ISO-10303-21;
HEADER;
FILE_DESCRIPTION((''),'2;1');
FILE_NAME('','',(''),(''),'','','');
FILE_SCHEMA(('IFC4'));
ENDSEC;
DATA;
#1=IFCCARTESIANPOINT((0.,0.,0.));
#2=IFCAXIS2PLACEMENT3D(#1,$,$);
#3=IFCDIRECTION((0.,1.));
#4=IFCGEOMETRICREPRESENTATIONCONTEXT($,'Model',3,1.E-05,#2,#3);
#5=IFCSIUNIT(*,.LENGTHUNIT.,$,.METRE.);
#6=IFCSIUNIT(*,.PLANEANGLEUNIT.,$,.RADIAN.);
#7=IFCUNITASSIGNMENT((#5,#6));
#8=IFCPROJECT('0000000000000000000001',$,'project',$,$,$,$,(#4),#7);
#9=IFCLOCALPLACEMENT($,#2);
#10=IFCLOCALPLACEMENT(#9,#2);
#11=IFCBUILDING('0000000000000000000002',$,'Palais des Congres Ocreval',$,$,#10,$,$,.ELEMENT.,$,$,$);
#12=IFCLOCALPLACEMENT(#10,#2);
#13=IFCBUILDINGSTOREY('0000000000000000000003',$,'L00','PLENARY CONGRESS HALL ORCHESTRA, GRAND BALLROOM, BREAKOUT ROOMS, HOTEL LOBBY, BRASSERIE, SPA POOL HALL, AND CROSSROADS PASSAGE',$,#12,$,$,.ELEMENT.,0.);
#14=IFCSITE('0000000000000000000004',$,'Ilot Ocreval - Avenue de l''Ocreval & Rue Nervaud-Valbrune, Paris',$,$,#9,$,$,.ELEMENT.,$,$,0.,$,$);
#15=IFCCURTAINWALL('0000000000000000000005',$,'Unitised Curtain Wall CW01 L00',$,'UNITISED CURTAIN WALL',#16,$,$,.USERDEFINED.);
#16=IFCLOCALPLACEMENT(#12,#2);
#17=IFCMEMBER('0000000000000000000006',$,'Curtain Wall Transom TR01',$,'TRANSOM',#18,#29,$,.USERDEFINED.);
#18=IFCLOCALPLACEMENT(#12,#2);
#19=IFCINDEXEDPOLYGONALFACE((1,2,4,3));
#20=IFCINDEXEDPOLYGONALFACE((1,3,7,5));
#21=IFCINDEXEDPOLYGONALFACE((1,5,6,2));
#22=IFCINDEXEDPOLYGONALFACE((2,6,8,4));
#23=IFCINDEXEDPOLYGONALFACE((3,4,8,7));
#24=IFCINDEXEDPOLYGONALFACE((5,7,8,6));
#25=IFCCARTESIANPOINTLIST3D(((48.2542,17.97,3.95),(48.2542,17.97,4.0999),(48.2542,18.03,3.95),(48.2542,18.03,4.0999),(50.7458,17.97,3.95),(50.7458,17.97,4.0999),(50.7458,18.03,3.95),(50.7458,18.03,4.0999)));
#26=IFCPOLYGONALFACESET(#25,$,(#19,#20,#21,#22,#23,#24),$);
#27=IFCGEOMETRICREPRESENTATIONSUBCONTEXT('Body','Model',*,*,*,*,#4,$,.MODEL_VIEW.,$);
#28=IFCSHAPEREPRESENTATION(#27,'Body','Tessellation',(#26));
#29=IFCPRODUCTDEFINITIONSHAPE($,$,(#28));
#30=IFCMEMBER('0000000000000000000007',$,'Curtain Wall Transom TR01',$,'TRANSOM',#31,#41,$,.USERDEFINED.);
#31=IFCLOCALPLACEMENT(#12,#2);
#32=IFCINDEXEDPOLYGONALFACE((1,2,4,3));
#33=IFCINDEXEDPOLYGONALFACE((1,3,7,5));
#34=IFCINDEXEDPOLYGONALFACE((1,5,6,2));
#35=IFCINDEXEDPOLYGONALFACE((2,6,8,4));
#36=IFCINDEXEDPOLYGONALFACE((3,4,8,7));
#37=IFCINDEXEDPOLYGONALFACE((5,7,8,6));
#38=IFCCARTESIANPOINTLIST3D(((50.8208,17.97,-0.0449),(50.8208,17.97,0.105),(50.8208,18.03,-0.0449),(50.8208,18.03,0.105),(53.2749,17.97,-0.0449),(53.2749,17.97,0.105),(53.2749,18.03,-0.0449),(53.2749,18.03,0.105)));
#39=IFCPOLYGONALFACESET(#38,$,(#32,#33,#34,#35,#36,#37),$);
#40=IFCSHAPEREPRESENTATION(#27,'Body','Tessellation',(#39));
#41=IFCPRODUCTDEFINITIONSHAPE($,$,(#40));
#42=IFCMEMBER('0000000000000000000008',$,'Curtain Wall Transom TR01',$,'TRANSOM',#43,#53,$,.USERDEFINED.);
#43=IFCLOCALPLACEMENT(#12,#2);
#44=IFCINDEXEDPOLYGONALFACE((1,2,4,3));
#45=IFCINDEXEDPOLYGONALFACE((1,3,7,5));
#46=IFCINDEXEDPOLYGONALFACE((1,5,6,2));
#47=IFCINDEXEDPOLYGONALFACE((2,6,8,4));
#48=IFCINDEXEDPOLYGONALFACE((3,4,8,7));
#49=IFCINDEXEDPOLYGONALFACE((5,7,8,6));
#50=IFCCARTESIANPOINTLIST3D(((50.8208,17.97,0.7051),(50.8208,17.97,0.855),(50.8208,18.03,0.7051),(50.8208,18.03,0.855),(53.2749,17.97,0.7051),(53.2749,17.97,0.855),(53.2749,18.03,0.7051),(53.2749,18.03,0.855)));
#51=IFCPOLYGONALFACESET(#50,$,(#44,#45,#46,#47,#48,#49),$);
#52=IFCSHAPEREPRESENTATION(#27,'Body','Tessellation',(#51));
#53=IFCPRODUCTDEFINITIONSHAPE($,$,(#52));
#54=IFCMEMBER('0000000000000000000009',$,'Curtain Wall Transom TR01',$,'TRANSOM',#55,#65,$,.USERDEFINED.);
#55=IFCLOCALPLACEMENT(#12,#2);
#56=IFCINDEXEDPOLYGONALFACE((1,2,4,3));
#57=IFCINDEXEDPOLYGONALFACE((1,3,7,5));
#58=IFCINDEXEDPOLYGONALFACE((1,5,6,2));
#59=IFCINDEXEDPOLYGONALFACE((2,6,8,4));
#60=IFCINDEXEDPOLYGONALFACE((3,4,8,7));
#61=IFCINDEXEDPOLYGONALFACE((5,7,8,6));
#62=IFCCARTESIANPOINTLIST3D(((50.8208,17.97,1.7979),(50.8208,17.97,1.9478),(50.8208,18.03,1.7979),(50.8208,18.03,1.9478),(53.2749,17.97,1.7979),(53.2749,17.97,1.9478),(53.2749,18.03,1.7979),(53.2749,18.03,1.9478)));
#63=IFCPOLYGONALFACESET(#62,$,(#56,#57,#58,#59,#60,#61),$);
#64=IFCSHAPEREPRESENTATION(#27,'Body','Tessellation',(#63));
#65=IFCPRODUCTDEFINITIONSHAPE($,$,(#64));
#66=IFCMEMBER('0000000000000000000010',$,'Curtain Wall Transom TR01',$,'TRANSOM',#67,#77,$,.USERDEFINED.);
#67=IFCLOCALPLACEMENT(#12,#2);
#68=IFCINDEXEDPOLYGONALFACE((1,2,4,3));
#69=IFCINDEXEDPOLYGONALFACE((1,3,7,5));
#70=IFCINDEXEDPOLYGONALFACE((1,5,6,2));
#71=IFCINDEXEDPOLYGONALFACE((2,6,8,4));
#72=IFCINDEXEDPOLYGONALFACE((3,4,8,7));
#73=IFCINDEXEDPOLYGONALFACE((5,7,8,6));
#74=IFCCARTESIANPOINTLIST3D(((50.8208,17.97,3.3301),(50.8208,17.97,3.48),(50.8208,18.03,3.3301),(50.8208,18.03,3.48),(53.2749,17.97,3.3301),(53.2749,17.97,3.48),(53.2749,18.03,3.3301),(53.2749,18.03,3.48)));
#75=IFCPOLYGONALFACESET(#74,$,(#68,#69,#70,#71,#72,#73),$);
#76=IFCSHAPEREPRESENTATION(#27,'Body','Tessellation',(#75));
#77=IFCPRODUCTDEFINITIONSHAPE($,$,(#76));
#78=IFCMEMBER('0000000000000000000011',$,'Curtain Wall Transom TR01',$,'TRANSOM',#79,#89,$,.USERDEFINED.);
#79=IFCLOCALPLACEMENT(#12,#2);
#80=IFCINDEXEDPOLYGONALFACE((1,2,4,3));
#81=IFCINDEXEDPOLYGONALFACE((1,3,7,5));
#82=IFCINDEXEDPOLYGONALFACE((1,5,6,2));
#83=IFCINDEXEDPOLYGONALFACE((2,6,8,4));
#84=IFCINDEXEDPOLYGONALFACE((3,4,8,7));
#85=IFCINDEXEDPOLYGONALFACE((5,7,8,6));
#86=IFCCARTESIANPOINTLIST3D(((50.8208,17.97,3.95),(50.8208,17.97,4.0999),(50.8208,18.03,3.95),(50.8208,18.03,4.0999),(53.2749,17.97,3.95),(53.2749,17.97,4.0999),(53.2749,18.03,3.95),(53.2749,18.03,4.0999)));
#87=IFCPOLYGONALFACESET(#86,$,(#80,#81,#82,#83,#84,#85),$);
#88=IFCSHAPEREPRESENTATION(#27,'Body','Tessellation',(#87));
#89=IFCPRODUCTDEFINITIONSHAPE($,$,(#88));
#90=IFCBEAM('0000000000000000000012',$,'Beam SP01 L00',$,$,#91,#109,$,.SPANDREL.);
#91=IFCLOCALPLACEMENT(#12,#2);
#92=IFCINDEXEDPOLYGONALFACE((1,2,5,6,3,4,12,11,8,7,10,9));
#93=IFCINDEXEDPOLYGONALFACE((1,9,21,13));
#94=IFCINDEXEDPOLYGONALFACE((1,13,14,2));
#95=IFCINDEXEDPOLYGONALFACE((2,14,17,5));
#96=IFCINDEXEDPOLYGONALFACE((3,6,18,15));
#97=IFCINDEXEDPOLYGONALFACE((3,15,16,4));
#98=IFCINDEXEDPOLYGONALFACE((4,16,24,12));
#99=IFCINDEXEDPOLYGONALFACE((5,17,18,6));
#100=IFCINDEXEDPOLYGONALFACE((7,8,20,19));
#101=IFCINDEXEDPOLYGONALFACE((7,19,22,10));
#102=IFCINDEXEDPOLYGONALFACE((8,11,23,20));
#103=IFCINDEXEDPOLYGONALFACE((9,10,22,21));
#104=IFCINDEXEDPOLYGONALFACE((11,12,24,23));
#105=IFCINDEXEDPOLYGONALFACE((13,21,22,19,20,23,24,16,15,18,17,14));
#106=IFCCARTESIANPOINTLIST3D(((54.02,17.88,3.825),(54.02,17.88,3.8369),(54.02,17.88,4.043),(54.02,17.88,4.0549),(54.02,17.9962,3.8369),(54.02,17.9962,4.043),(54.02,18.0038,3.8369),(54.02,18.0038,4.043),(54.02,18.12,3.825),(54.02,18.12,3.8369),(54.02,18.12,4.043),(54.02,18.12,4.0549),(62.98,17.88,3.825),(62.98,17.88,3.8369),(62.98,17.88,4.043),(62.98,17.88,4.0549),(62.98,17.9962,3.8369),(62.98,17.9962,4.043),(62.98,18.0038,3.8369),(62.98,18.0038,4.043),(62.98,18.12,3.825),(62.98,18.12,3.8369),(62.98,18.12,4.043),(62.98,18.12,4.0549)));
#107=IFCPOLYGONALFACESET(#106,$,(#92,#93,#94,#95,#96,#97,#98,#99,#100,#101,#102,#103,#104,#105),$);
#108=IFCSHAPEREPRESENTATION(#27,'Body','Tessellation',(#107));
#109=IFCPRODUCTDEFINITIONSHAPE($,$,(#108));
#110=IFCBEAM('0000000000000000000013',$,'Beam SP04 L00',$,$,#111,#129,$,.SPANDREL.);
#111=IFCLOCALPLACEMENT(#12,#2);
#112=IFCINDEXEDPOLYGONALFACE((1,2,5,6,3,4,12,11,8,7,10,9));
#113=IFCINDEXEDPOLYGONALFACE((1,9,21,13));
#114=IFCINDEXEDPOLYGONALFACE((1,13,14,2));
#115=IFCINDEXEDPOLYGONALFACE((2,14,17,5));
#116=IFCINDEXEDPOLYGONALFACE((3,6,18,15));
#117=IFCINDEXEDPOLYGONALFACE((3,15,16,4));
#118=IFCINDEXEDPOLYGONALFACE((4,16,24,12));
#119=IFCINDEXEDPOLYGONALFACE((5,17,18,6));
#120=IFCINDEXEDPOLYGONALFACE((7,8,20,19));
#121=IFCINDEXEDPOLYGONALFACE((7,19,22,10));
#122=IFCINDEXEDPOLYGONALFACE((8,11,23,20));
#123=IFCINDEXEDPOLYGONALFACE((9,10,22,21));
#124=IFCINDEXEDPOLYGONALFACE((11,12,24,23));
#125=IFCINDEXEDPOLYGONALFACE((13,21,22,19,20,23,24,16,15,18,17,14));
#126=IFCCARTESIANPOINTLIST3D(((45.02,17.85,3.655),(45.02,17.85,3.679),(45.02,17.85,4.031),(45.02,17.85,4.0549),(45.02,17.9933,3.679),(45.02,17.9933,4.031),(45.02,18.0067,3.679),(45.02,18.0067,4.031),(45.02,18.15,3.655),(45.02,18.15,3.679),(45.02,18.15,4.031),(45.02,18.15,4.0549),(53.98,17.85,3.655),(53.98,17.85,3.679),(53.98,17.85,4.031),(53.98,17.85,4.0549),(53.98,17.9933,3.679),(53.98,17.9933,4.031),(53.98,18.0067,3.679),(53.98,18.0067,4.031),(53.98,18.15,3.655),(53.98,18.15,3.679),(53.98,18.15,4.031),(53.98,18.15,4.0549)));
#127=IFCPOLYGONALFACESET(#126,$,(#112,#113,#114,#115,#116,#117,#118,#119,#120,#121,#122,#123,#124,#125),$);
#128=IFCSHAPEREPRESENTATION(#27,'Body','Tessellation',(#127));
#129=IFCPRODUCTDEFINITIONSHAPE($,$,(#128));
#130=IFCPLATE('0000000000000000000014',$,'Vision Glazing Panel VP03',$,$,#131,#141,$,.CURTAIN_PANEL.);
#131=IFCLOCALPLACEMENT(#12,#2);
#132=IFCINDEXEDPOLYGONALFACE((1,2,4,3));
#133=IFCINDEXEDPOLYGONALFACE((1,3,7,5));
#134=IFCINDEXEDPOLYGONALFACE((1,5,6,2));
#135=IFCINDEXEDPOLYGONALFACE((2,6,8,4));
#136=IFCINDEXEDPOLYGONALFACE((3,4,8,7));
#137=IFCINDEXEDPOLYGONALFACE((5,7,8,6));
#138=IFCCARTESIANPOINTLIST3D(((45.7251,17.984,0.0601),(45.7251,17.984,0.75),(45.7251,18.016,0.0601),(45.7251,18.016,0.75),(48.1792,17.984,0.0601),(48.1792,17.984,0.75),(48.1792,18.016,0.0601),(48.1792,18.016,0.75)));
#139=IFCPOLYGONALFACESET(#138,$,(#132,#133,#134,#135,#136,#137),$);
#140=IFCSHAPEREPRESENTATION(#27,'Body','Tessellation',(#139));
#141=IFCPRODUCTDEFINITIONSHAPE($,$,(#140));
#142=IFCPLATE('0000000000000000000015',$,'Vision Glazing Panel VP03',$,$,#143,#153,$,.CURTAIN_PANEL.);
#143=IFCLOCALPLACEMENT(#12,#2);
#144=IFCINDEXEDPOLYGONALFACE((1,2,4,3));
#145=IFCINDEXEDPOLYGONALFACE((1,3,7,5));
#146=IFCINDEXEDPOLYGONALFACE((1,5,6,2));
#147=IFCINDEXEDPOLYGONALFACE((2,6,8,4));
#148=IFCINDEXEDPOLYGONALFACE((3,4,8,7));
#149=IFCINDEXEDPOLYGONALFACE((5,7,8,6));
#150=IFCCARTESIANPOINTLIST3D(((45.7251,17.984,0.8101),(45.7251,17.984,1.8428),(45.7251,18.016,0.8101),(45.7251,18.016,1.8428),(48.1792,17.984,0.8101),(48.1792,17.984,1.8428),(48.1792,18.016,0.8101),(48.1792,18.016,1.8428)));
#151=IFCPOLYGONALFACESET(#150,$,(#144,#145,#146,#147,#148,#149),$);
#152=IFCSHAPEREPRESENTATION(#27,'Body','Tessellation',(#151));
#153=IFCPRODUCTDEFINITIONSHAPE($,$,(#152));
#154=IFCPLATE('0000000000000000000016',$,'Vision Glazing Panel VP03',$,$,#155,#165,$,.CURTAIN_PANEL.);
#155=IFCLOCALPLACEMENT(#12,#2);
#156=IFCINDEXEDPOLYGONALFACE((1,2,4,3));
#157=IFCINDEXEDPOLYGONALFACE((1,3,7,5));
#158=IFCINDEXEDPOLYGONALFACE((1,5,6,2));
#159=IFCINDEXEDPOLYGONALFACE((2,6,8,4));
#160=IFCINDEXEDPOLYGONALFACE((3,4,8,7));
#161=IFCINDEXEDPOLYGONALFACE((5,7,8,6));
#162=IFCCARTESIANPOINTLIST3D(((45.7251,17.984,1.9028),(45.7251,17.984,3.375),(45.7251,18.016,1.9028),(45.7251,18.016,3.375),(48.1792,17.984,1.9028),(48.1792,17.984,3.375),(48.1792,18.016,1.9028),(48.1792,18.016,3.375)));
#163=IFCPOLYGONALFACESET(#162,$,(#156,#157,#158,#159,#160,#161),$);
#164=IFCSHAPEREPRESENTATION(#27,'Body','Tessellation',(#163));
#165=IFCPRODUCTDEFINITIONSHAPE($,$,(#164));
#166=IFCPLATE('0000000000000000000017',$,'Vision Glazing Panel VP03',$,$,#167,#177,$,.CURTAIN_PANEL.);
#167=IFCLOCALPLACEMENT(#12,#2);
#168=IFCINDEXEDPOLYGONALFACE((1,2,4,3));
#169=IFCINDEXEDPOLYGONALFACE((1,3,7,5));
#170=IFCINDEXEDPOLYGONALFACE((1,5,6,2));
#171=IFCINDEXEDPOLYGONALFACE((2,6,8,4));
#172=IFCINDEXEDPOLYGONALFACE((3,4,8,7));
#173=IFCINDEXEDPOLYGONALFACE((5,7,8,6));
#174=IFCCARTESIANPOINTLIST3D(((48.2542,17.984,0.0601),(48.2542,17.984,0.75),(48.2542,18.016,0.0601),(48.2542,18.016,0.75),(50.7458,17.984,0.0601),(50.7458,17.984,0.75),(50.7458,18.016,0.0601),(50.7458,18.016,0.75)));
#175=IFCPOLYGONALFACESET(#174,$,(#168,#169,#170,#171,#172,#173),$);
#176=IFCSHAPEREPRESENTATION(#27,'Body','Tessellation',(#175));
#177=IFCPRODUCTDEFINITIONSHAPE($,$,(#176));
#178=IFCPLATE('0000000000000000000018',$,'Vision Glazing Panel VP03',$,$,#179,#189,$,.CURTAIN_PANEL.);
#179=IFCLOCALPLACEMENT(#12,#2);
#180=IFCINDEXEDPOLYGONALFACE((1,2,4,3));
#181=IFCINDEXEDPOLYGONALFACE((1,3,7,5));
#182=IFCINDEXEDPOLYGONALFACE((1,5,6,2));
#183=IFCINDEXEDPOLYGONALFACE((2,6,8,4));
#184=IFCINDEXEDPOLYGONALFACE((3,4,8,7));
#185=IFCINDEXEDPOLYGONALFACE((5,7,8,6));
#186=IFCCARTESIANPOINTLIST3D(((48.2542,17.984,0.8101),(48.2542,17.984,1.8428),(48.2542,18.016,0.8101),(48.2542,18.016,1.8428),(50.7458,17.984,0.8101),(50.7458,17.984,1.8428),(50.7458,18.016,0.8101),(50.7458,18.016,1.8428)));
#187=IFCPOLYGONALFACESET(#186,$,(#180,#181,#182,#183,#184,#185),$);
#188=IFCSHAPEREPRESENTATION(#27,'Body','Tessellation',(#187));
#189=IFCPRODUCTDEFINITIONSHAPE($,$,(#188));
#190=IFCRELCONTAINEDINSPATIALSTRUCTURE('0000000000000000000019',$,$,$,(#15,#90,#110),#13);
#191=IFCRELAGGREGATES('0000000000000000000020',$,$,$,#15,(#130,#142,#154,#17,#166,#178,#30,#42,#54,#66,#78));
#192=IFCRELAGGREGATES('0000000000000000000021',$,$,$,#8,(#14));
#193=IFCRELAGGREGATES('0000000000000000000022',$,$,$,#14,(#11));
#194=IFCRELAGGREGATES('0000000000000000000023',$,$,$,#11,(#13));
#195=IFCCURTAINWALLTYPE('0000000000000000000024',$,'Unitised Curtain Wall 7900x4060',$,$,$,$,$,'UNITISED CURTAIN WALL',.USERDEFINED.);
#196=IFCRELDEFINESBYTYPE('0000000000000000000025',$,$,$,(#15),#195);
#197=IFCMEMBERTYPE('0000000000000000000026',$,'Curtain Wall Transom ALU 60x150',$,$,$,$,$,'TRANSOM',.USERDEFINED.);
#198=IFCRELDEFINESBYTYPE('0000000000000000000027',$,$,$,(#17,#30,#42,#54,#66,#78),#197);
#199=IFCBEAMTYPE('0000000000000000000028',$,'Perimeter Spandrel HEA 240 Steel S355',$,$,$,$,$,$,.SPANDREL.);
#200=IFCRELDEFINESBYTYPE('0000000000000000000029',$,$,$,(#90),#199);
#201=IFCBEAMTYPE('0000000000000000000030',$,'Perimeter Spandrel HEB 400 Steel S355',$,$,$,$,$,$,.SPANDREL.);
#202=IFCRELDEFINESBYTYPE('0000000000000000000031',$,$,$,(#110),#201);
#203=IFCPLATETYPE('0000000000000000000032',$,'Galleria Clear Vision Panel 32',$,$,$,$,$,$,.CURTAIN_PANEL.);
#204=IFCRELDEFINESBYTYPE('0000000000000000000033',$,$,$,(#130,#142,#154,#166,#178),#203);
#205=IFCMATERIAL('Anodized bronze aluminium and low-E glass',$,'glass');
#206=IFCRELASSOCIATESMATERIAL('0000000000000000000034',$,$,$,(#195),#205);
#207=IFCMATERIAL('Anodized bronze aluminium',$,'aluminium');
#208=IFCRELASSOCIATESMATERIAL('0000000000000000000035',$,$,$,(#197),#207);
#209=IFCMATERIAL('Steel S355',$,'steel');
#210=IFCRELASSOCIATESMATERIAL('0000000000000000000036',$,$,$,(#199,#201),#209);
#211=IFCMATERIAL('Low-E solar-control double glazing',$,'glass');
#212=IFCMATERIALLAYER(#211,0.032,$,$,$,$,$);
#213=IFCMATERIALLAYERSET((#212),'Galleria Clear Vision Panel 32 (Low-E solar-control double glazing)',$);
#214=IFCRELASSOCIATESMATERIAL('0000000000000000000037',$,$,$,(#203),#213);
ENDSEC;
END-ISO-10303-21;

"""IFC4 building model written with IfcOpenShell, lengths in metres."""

from ifc_helpers import new_model, si_unit, direction, frame, origin, origin_2d, place, context, subcontext, project, spatial, rectangle, i_section, extrude, material, layer, layer_set, material_profile, profile_set, type_object, element, aggregate, save


model = new_model("IFC4")

# Units and contexts
model_context = context("Model", 3, precision=1e-05, world=origin(), true_north=direction((0.0, 1.0)))
body_context = subcontext(model_context, "Body", "Model", "MODEL_VIEW")
ifc_project = project(units=[si_unit("LENGTHUNIT", "METRE"), si_unit("PLANEANGLEUNIT", "RADIAN")], contexts=[model_context])

# Site, building, storey
site_placement = place(None, origin())
site = spatial("IfcSite", under=ifc_project, at=site_placement, Name="Ilot Ocreval - Avenue de l'Ocreval & Rue Nervaud-Valbrune, Paris", CompositionType="ELEMENT", RefElevation=0.0)
building_placement = place(site_placement, origin())
building = spatial("IfcBuilding", under=site, at=building_placement, Name="Palais des Congres Ocreval", CompositionType="ELEMENT")
storey_placement = place(building_placement, origin())
storey = spatial("IfcBuildingStorey", under=building, at=storey_placement, Name="L00", Description="PLENARY CONGRESS HALL ORCHESTRA, GRAND BALLROOM, BREAKOUT ROOMS, HOTEL LOBBY, BRASSERIE, SPA POOL HALL, AND CROSSROADS PASSAGE", CompositionType="ELEMENT", Elevation=0.0)

# Curtain wall, members
ifc_material_1 = material(Name="Anodized bronze aluminium and low-E glass", Category="glass")
curtain_wall_type = type_object("IfcCurtainWallType", Name="Unitised Curtain Wall 7900x4060", ElementType="UNITISED CURTAIN WALL", PredefinedType="USERDEFINED", material=ifc_material_1)
curtain_wall_placement = place(storey_placement, origin())
curtain_wall = element("IfcCurtainWall", 1, at=curtain_wall_placement, inside=storey, type_object=curtain_wall_type, Name="Unitised Curtain Wall CW01 L00", ObjectType="UNITISED CURTAIN WALL", PredefinedType="USERDEFINED")
ifc_material_2 = material(Name="Anodized bronze aluminium", Category="aluminium")
ifc_material_profile_1 = material_profile(ifc_material_2, rectangle(XDim=0.0601, YDim=0.1499, at=origin_2d()), Name="ALU 60x150")
ifc_profile_set_1 = profile_set([ifc_material_profile_1], Name="Anodized bronze aluminium")
member_type_1 = type_object("IfcMemberType", Name="Curtain Wall Transom ALU 60x150", ElementType="TRANSOM", PredefinedType="USERDEFINED", material=ifc_profile_set_1)
member_1_placement = place(storey_placement, frame((48.2542, 18.0, 4.0249), z_axis=(1.0, 0.0, 0.0), x_axis=(0.0, 1.0, 0.0)))
member_1 = element("IfcMember", 2, at=member_1_placement, type_object=member_type_1, Name="Curtain Wall Transom TR01", ObjectType="TRANSOM", PredefinedType="USERDEFINED", context=body_context, shape_type="SweptSolid", body=[
    extrude(rectangle(XDim=0.0601, YDim=0.1499, at=origin_2d()), origin(), (0.0, 0.0, 1.0), 2.4917),
])
member_2_placement = place(storey_placement, frame((50.8208, 18.0, 0.03), z_axis=(1.0, 0.0, 0.0), x_axis=(0.0, 1.0, 0.0)))
member_2 = element("IfcMember", 3, at=member_2_placement, type_object=member_type_1, Name="Curtain Wall Transom TR01", ObjectType="TRANSOM", PredefinedType="USERDEFINED", context=body_context, shape_type="SweptSolid", body=[
    extrude(rectangle(XDim=0.0601, YDim=0.1499, at=origin_2d()), origin(), (0.0, 0.0, 1.0), 2.4541),
])
member_3_placement = place(storey_placement, frame((50.8208, 18.0, 0.78), z_axis=(1.0, 0.0, 0.0), x_axis=(0.0, 1.0, 0.0)))
member_3 = element("IfcMember", 4, at=member_3_placement, type_object=member_type_1, Name="Curtain Wall Transom TR01", ObjectType="TRANSOM", PredefinedType="USERDEFINED", context=body_context, shape_type="SweptSolid", body=[
    extrude(rectangle(XDim=0.0601, YDim=0.1499, at=origin_2d()), origin(), (0.0, 0.0, 1.0), 2.4541),
])
member_4_placement = place(storey_placement, frame((50.8208, 18.0, 1.8728), z_axis=(1.0, 0.0, 0.0), x_axis=(0.0, 1.0, 0.0)))
member_4 = element("IfcMember", 5, at=member_4_placement, type_object=member_type_1, Name="Curtain Wall Transom TR01", ObjectType="TRANSOM", PredefinedType="USERDEFINED", context=body_context, shape_type="SweptSolid", body=[
    extrude(rectangle(XDim=0.0601, YDim=0.1499, at=origin_2d()), origin(), (0.0, 0.0, 1.0), 2.4541),
])
member_5_placement = place(storey_placement, frame((50.8208, 18.0, 3.405), z_axis=(1.0, 0.0, 0.0), x_axis=(0.0, 1.0, 0.0)))
member_5 = element("IfcMember", 6, at=member_5_placement, type_object=member_type_1, Name="Curtain Wall Transom TR01", ObjectType="TRANSOM", PredefinedType="USERDEFINED", context=body_context, shape_type="SweptSolid", body=[
    extrude(rectangle(XDim=0.0601, YDim=0.1499, at=origin_2d()), origin(), (0.0, 0.0, 1.0), 2.4541),
])
member_6_placement = place(storey_placement, frame((50.8208, 18.0, 4.0249), z_axis=(1.0, 0.0, 0.0), x_axis=(0.0, 1.0, 0.0)))
member_6 = element("IfcMember", 7, at=member_6_placement, type_object=member_type_1, Name="Curtain Wall Transom TR01", ObjectType="TRANSOM", PredefinedType="USERDEFINED", context=body_context, shape_type="SweptSolid", body=[
    extrude(rectangle(XDim=0.0601, YDim=0.1499, at=origin_2d()), origin(), (0.0, 0.0, 1.0), 2.4541),
])

# Beams
ifc_material_3 = material(Name="Steel S355", Category="steel")
ifc_material_profile_2 = material_profile(ifc_material_3, i_section(OverallWidth=0.24, OverallDepth=0.23, WebThickness=0.0076, FlangeThickness=0.012, at=origin_2d()), Name="HEA 240")
ifc_profile_set_2 = profile_set([ifc_material_profile_2], Name="Steel S355")
beam_type_1 = type_object("IfcBeamType", Name="Perimeter Spandrel HEA 240 Steel S355", PredefinedType="SPANDREL", material=ifc_profile_set_2)
beam_1_placement = place(storey_placement, frame((54.02, 18.0, 3.9399), z_axis=(1.0, 0.0, 0.0), x_axis=(0.0, 1.0, 0.0)))
element("IfcBeam", 8, at=beam_1_placement, inside=storey, type_object=beam_type_1, Name="Beam SP01 L00", PredefinedType="SPANDREL", context=body_context, shape_type="SweptSolid", body=[
    extrude(i_section(OverallWidth=0.24, OverallDepth=0.23, WebThickness=0.0076, FlangeThickness=0.012, at=origin_2d()), origin(), (0.0, 0.0, 1.0), 8.96),
])
ifc_material_profile_3 = material_profile(ifc_material_3, i_section(OverallWidth=0.3, OverallDepth=0.3999, WebThickness=0.0134, FlangeThickness=0.0239, at=origin_2d()), Name="HEB 400")
ifc_profile_set_3 = profile_set([ifc_material_profile_3], Name="Steel S355")
beam_type_2 = type_object("IfcBeamType", Name="Perimeter Spandrel HEB 400 Steel S355", PredefinedType="SPANDREL", material=ifc_profile_set_3)
beam_2_placement = place(storey_placement, frame((45.02, 18.0, 3.855), z_axis=(1.0, 0.0, 0.0), x_axis=(0.0, 1.0, 0.0)))
element("IfcBeam", 9, at=beam_2_placement, inside=storey, type_object=beam_type_2, Name="Beam SP04 L00", PredefinedType="SPANDREL", context=body_context, shape_type="SweptSolid", body=[
    extrude(i_section(OverallWidth=0.3, OverallDepth=0.3999, WebThickness=0.0134, FlangeThickness=0.0239, at=origin_2d()), origin(), (0.0, 0.0, 1.0), 8.96),
])

# Plates
ifc_material_4 = material(Name="Low-E solar-control double glazing", Category="glass")
ifc_layer_1 = layer(ifc_material_4, 0.032)
ifc_layer_set_1 = layer_set([ifc_layer_1], Name="Galleria Clear Vision Panel 32 (Low-E solar-control double glazing)")
plate_type_1 = type_object("IfcPlateType", Name="Galleria Clear Vision Panel 32", PredefinedType="CURTAIN_PANEL", material=ifc_layer_set_1)
plate_1_placement = place(storey_placement, frame((46.9521, 18.0, 0.0601), z_axis=(0.0, 0.0, 1.0), x_axis=(1.0, 0.0, 0.0)))
plate_1 = element("IfcPlate", 10, at=plate_1_placement, type_object=plate_type_1, Name="Vision Glazing Panel VP03", PredefinedType="CURTAIN_PANEL", context=body_context, shape_type="SweptSolid", body=[
    extrude(rectangle(XDim=2.4541, YDim=0.032, at=origin_2d()), origin(), (0.0, 0.0, 1.0), 0.6899),
])
plate_2_placement = place(storey_placement, frame((46.9521, 18.0, 0.8101), z_axis=(0.0, 0.0, 1.0), x_axis=(1.0, 0.0, 0.0)))
plate_2 = element("IfcPlate", 11, at=plate_2_placement, type_object=plate_type_1, Name="Vision Glazing Panel VP03", PredefinedType="CURTAIN_PANEL", context=body_context, shape_type="SweptSolid", body=[
    extrude(rectangle(XDim=2.4541, YDim=0.032, at=origin_2d()), origin(), (0.0, 0.0, 1.0), 1.0327),
])
plate_3_placement = place(storey_placement, frame((46.9521, 18.0, 1.9028), z_axis=(0.0, 0.0, 1.0), x_axis=(1.0, 0.0, 0.0)))
plate_3 = element("IfcPlate", 12, at=plate_3_placement, type_object=plate_type_1, Name="Vision Glazing Panel VP03", PredefinedType="CURTAIN_PANEL", context=body_context, shape_type="SweptSolid", body=[
    extrude(rectangle(XDim=2.4541, YDim=0.032, at=origin_2d()), origin(), (0.0, 0.0, 1.0), 1.4722),
])
plate_4_placement = place(storey_placement, frame((49.5, 18.0, 0.0601), z_axis=(0.0, 0.0, 1.0), x_axis=(1.0, 0.0, 0.0)))
plate_4 = element("IfcPlate", 13, at=plate_4_placement, type_object=plate_type_1, Name="Vision Glazing Panel VP03", PredefinedType="CURTAIN_PANEL", context=body_context, shape_type="SweptSolid", body=[
    extrude(rectangle(XDim=2.4917, YDim=0.032, at=origin_2d()), origin(), (0.0, 0.0, 1.0), 0.6899),
])
plate_5_placement = place(storey_placement, frame((49.5, 18.0, 0.8101), z_axis=(0.0, 0.0, 1.0), x_axis=(1.0, 0.0, 0.0)))
plate_5 = element("IfcPlate", 14, at=plate_5_placement, type_object=plate_type_1, Name="Vision Glazing Panel VP03", PredefinedType="CURTAIN_PANEL", context=body_context, shape_type="SweptSolid", body=[
    extrude(rectangle(XDim=2.4917, YDim=0.032, at=origin_2d()), origin(), (0.0, 0.0, 1.0), 1.0327),
])
aggregate(curtain_wall, [plate_1, plate_2, plate_3, member_1, plate_4, plate_5, member_2, member_3, member_4, member_5, member_6])

save(model, "model.ifc")
